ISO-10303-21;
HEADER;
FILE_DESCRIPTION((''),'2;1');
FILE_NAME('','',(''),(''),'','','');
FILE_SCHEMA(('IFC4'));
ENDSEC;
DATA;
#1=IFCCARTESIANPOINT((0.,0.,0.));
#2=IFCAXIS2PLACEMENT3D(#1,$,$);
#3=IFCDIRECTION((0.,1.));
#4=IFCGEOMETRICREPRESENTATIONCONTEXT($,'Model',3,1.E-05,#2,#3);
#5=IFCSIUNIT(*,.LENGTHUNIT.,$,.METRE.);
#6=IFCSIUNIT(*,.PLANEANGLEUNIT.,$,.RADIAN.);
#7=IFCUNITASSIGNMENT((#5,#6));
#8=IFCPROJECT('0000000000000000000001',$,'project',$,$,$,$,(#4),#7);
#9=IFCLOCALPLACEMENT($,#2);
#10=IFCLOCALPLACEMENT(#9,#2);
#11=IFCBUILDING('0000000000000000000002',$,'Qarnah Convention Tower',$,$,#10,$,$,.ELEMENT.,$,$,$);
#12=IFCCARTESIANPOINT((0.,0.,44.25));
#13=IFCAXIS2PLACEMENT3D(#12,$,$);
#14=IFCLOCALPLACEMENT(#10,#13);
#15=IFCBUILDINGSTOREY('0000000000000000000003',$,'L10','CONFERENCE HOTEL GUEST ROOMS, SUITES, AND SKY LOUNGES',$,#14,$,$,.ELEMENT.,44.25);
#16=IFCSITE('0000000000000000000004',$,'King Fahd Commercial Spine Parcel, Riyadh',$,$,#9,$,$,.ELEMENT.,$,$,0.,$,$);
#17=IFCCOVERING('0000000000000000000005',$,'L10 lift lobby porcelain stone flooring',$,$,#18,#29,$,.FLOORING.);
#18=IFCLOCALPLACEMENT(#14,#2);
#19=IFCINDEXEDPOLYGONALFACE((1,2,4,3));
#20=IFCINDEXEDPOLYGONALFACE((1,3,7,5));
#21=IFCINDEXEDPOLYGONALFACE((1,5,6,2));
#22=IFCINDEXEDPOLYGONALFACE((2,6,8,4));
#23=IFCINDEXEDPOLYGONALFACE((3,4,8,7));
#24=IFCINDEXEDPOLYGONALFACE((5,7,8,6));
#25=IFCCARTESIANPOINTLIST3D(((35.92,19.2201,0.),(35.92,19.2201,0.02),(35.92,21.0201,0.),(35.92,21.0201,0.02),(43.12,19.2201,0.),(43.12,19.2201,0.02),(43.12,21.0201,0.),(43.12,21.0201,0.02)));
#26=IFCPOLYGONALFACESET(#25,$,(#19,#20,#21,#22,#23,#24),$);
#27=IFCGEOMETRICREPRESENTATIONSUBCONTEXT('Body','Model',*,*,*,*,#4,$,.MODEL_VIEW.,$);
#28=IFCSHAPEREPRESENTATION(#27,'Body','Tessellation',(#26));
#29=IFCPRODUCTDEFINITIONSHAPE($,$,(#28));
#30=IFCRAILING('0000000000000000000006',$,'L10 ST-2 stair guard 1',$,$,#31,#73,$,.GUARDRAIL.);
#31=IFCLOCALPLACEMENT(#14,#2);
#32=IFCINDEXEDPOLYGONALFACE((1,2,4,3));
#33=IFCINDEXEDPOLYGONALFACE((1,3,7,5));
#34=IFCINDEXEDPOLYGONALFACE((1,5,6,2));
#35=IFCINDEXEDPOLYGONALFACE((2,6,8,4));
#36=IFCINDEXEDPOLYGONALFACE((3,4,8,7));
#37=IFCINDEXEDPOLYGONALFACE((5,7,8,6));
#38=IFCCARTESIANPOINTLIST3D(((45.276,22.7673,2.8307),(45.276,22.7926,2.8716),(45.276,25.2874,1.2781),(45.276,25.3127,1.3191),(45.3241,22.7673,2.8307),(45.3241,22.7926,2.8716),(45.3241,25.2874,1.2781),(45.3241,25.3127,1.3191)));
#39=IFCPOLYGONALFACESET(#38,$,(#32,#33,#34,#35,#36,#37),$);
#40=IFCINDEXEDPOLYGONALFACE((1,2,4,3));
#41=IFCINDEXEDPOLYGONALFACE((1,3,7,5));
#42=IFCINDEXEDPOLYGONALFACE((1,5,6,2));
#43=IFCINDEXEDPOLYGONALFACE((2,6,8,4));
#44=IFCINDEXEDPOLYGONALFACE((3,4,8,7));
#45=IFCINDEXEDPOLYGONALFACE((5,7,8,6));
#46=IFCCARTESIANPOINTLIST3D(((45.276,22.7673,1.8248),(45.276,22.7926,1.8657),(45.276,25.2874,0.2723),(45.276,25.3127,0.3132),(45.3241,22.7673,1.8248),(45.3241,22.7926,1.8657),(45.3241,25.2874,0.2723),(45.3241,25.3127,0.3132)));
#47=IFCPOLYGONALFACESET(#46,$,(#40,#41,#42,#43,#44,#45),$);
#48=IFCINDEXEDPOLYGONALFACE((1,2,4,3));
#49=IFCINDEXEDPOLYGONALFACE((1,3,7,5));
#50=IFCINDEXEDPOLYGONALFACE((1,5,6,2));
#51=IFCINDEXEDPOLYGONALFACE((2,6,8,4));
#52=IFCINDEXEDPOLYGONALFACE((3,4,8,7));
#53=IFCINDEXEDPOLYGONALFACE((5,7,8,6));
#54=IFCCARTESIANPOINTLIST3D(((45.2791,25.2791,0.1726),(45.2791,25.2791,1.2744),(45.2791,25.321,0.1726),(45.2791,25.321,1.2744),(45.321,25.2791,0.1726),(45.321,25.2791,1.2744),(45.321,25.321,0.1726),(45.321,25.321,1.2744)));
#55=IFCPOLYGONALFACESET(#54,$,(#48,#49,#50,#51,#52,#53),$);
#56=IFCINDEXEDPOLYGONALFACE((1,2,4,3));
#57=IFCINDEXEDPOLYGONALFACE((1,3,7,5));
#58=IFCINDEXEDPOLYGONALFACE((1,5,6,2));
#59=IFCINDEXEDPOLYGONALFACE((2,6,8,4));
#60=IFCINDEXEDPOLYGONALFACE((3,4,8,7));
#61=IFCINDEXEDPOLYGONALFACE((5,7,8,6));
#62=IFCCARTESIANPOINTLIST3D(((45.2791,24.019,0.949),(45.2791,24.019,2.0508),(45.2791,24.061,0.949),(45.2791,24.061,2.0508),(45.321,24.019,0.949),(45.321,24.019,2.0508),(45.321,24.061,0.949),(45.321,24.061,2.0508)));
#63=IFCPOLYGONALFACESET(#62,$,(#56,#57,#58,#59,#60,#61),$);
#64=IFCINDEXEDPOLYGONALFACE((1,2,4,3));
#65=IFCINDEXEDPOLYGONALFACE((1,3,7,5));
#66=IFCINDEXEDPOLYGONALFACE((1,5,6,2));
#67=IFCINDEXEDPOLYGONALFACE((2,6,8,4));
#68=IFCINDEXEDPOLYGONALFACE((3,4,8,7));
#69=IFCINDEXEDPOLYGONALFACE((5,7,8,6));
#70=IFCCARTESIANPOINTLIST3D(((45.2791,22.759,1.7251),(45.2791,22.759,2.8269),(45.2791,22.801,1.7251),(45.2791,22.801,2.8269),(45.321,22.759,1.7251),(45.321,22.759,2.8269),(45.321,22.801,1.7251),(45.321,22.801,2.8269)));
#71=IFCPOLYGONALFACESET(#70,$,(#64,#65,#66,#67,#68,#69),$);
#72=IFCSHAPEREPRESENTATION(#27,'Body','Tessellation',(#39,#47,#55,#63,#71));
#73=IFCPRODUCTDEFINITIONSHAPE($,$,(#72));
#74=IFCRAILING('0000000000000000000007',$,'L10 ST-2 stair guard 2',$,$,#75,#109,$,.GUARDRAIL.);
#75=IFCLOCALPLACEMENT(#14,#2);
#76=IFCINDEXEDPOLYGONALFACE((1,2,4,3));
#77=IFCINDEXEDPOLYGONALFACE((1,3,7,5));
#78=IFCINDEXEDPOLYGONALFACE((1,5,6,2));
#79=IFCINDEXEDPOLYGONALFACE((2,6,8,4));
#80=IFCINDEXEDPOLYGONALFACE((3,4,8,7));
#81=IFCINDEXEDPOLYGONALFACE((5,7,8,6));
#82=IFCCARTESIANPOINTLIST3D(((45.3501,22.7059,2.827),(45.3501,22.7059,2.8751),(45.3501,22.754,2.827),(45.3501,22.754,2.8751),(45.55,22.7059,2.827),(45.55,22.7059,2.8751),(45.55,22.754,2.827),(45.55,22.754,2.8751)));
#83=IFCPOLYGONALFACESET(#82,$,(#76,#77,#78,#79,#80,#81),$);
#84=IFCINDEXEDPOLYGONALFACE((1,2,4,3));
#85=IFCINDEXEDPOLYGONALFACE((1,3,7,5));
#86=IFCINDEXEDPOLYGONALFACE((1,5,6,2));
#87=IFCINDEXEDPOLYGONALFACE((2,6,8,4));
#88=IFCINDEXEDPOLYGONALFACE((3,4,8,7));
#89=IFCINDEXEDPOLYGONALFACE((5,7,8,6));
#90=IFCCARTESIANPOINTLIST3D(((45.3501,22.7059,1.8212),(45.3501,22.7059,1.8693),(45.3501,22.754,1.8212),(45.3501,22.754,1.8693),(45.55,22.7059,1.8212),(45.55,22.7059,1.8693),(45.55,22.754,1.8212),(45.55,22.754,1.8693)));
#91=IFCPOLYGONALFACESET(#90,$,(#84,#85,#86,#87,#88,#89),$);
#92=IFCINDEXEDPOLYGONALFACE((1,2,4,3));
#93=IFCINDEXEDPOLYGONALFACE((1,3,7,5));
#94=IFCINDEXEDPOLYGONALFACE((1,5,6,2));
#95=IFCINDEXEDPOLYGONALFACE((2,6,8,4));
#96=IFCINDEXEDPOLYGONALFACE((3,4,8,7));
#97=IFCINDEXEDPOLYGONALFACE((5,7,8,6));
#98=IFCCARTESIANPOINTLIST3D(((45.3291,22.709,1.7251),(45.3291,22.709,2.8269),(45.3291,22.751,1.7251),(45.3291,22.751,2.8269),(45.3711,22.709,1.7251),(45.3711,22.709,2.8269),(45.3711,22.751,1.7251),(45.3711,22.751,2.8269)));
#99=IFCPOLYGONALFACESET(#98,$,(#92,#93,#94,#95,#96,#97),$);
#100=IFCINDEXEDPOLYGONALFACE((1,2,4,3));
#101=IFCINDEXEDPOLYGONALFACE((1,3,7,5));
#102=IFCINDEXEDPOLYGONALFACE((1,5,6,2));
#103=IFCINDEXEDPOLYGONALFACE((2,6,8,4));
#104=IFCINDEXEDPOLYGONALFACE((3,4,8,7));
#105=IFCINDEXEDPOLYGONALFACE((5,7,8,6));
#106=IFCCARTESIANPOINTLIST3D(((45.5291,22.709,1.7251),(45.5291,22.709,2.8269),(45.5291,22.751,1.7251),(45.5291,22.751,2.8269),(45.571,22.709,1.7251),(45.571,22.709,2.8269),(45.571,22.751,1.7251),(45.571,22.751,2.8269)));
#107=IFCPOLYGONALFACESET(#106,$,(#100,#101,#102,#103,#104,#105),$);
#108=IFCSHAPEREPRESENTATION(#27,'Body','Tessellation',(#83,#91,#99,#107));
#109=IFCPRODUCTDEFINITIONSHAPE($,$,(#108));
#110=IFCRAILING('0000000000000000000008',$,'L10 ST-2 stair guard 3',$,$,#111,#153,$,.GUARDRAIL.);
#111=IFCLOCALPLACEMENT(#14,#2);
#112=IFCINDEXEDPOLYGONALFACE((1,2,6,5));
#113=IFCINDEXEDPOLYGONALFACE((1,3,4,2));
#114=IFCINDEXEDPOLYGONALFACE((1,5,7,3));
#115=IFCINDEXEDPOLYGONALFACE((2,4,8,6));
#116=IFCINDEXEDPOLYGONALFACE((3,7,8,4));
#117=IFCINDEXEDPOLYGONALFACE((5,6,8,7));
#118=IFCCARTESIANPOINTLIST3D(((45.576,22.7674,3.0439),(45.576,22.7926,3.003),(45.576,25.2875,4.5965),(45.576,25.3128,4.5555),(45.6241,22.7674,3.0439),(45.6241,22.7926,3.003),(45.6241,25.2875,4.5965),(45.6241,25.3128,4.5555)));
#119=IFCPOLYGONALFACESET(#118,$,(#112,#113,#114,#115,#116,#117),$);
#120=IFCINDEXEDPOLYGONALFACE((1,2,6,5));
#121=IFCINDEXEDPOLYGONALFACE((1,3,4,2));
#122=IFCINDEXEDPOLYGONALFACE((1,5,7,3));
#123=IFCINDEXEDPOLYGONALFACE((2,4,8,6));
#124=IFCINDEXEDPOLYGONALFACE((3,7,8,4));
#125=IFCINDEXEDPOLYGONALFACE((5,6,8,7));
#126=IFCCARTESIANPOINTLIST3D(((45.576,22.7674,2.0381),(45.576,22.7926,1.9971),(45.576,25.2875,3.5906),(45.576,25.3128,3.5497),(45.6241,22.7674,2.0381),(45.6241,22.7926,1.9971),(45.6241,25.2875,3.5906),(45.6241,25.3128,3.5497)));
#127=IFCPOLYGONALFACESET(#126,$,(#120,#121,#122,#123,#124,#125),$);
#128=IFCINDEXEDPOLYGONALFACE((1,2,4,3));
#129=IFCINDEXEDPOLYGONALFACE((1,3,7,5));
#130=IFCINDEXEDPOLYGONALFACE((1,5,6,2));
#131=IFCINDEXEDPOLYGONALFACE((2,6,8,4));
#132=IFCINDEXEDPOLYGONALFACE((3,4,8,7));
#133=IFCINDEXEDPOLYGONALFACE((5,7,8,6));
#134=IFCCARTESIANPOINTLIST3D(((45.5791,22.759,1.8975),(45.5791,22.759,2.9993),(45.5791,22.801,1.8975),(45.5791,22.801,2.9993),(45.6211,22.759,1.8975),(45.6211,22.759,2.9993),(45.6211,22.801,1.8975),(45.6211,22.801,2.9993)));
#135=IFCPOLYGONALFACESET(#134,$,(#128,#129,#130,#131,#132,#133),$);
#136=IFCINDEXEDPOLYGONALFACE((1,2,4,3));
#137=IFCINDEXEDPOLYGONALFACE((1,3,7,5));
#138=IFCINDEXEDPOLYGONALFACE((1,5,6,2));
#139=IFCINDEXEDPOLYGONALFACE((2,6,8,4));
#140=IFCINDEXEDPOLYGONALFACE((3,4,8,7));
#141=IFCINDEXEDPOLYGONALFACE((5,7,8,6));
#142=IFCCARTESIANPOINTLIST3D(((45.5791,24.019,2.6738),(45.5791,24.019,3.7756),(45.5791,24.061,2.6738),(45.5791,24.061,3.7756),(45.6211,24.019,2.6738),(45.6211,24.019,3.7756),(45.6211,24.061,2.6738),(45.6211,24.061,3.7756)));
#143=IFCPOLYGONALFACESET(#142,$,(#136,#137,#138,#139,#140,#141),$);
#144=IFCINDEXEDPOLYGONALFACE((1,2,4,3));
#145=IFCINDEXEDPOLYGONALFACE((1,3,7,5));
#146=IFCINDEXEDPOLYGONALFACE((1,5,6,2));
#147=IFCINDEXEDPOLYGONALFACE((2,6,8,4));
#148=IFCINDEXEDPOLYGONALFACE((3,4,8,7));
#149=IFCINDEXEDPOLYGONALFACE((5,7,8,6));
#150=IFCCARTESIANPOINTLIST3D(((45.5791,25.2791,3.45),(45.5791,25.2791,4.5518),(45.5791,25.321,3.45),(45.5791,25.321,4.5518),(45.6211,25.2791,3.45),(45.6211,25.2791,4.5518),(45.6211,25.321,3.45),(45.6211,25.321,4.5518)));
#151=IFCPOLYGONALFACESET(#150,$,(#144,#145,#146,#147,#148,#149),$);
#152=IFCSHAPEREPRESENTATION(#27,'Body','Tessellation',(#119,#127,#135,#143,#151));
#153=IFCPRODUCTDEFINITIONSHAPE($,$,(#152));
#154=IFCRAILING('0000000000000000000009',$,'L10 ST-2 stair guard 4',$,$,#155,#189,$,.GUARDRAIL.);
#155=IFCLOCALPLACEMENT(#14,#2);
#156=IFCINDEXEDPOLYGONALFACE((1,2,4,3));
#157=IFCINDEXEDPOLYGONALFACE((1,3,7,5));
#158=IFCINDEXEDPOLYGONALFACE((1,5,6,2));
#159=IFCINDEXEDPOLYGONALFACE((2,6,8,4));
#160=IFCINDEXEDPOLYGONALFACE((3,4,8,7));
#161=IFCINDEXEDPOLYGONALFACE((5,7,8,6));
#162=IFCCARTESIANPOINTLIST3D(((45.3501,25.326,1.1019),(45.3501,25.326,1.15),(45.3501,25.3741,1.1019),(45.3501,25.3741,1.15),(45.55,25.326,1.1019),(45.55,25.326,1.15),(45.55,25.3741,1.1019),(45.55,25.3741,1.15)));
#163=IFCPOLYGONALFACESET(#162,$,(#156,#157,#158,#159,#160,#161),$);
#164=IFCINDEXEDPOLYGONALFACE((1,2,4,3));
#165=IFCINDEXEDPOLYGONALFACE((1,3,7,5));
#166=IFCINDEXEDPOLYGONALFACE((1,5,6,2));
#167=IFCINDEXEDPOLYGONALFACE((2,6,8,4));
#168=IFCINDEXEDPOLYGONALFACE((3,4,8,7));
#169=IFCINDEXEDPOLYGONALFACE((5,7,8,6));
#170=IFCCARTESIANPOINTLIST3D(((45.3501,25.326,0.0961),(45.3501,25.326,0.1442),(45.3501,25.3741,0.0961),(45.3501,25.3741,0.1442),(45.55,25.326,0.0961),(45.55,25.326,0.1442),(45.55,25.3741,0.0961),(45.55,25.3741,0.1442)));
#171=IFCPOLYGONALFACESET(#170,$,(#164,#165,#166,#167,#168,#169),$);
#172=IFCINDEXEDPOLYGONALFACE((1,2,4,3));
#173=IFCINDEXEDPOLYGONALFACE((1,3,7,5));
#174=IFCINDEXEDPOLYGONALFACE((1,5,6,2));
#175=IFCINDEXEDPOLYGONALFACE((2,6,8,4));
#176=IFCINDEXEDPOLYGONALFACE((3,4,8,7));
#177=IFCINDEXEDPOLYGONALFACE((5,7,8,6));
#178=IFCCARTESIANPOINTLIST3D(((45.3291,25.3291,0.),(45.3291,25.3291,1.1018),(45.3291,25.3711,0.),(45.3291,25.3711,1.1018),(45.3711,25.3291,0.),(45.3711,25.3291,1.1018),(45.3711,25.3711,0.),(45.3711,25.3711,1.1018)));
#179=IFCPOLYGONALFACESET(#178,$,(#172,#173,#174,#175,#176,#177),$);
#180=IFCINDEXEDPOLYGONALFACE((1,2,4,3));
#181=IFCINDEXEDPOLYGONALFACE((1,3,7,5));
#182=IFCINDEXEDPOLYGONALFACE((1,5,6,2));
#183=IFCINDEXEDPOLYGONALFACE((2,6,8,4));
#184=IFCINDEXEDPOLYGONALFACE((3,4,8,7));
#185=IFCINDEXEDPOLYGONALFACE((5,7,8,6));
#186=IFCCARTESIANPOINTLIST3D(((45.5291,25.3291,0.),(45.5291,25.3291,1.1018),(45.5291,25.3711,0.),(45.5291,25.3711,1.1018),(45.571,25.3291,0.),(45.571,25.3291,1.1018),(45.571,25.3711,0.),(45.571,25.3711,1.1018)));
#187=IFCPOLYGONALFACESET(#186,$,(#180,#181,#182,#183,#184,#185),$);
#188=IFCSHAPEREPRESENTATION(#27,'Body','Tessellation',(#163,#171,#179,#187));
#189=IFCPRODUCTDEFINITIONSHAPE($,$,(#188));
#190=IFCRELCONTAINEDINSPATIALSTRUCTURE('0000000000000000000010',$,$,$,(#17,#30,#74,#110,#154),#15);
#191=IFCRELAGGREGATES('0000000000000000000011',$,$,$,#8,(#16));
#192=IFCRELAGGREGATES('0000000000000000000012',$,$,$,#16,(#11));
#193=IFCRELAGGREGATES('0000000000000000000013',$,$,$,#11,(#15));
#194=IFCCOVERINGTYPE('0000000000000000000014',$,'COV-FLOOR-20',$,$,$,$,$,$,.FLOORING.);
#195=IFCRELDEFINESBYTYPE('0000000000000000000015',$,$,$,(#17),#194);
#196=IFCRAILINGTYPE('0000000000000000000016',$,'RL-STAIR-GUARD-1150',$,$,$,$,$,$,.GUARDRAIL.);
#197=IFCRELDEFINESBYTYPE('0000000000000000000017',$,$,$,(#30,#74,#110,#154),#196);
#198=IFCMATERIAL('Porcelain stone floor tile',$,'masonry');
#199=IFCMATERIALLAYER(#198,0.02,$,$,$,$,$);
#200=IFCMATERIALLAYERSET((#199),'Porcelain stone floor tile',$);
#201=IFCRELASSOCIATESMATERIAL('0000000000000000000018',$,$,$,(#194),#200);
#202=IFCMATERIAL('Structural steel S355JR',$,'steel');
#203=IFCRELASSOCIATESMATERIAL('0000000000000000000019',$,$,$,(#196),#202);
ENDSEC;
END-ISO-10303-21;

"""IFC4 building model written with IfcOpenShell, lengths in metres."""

from ifc_helpers import new_model, si_unit, direction, frame, origin, origin_2d, place, context, subcontext, project, spatial, rectangle, extrude, material, layer, layer_set, type_object, element, save


model = new_model("IFC4")

# Units and contexts
model_context = context("Model", 3, precision=1e-05, world=origin(), true_north=direction((0.0, 1.0)))
body_context = subcontext(model_context, "Body", "Model", "MODEL_VIEW")
ifc_project = project(units=[si_unit("LENGTHUNIT", "METRE"), si_unit("PLANEANGLEUNIT", "RADIAN")], contexts=[model_context])

# Site, building, storey
site_placement = place(None, origin())
site = spatial("IfcSite", under=ifc_project, at=site_placement, Name="King Fahd Commercial Spine Parcel, Riyadh", CompositionType="ELEMENT", RefElevation=0.0)
building_placement = place(site_placement, origin())
building = spatial("IfcBuilding", under=site, at=building_placement, Name="Qarnah Convention Tower", CompositionType="ELEMENT")
storey_placement = place(building_placement, frame((0.0, 0.0, 44.25)))
storey = spatial("IfcBuildingStorey", under=building, at=storey_placement, Name="L10", Description="CONFERENCE HOTEL GUEST ROOMS, SUITES, AND SKY LOUNGES", CompositionType="ELEMENT", Elevation=44.25)

# Shared definitions
ifc_material_1 = material(Name="Structural steel S355JR", Category="steel")

# Covering
ifc_material_2 = material(Name="Porcelain stone floor tile", Category="masonry")
ifc_layer_1 = layer(ifc_material_2, 0.02)
ifc_layer_set_1 = layer_set([ifc_layer_1], Name="Porcelain stone floor tile")
covering_type = type_object("IfcCoveringType", Name="COV-FLOOR-20", PredefinedType="FLOORING", material=ifc_layer_set_1)
covering_placement = place(storey_placement, frame((39.52, 20.1201, 0.0), z_axis=(0.0, 0.0, 1.0), x_axis=(1.0, 0.0, 0.0)))
element("IfcCovering", 1, at=covering_placement, inside=storey, type_object=covering_type, Name="L10 lift lobby porcelain stone flooring", PredefinedType="FLOORING", context=body_context, shape_type="SweptSolid", body=[
    extrude(rectangle(XDim=7.2, YDim=1.8, at=origin_2d()), origin(), (0.0, 0.0, 1.0), 0.02),
])

# Railings
railing_type_1 = type_object("IfcRailingType", Name="RL-STAIR-GUARD-1150", PredefinedType="GUARDRAIL", material=ifc_material_1)
railing_1_placement = place(storey_placement, frame((45.3, 25.3, 0.1726)))
element("IfcRailing", 2, at=railing_1_placement, inside=storey, type_object=railing_type_1, Name="L10 ST-2 stair guard 1", PredefinedType="GUARDRAIL", context=body_context, shape_type="SweptSolid", body=[
    extrude(rectangle(XDim=0.0481, YDim=0.0481, at=origin_2d()), frame((0.0, 0.0, 1.126), z_axis=(0.0, -0.8514, 0.524516), x_axis=(1.0, 0.0, 0.0)), (0.0, 0.0, 1.0), 2.96),
    extrude(rectangle(XDim=0.0481, YDim=0.0481, at=origin_2d()), frame((0.0, 0.0, 0.1201), z_axis=(0.0, -0.8514, 0.524516), x_axis=(1.0, 0.0, 0.0)), (0.0, 0.0, 1.0), 2.96),
    extrude(rectangle(XDim=0.042, YDim=0.042, at=origin_2d()), origin(), (0.0, 0.0, 1.0), 1.1018),
    extrude(rectangle(XDim=0.042, YDim=0.042, at=origin_2d()), frame((0.0, -1.26, 0.7764)), (0.0, 0.0, 1.0), 1.1018),
    extrude(rectangle(XDim=0.042, YDim=0.042, at=origin_2d()), frame((0.0, -2.52, 1.5525)), (0.0, 0.0, 1.0), 1.1018),
])
railing_2_placement = place(storey_placement, frame((45.3501, 22.73, 1.7251)))
element("IfcRailing", 3, at=railing_2_placement, inside=storey, type_object=railing_type_1, Name="L10 ST-2 stair guard 2", PredefinedType="GUARDRAIL", context=body_context, shape_type="SweptSolid", body=[
    extrude(rectangle(XDim=0.0481, YDim=0.0481, at=origin_2d()), frame((0.0, 0.0, 1.126), z_axis=(1.0, 0.0, 0.0), x_axis=(0.0, 1.0, 0.0)), (0.0, 0.0, 1.0), 0.2),
    extrude(rectangle(XDim=0.0481, YDim=0.0481, at=origin_2d()), frame((0.0, 0.0, 0.1201), z_axis=(1.0, 0.0, 0.0), x_axis=(0.0, 1.0, 0.0)), (0.0, 0.0, 1.0), 0.2),
    extrude(rectangle(XDim=0.042, YDim=0.042, at=origin_2d()), origin(), (0.0, 0.0, 1.0), 1.1018),
    extrude(rectangle(XDim=0.042, YDim=0.042, at=origin_2d()), frame((0.2, 0.0, 0.0)), (0.0, 0.0, 1.0), 1.1018),
])
railing_3_placement = place(storey_placement, frame((45.6001, 22.78, 1.8975)))
element("IfcRailing", 4, at=railing_3_placement, inside=storey, type_object=railing_type_1, Name="L10 ST-2 stair guard 3", PredefinedType="GUARDRAIL", context=body_context, shape_type="SweptSolid", body=[
    extrude(rectangle(XDim=0.0481, YDim=0.0481, at=origin_2d()), frame((0.0, 0.0, 1.126), z_axis=(0.0, 0.8514, 0.524516), x_axis=(-1.0, 0.0, 0.0)), (0.0, 0.0, 1.0), 2.96),
    extrude(rectangle(XDim=0.0481, YDim=0.0481, at=origin_2d()), frame((0.0, 0.0, 0.1201), z_axis=(0.0, 0.8514, 0.524516), x_axis=(-1.0, 0.0, 0.0)), (0.0, 0.0, 1.0), 2.96),
    extrude(rectangle(XDim=0.042, YDim=0.042, at=origin_2d()), origin(), (0.0, 0.0, 1.0), 1.1018),
    extrude(rectangle(XDim=0.042, YDim=0.042, at=origin_2d()), frame((0.0, 1.26, 0.7764)), (0.0, 0.0, 1.0), 1.1018),
    extrude(rectangle(XDim=0.042, YDim=0.042, at=origin_2d()), frame((0.0, 2.52, 1.5525)), (0.0, 0.0, 1.0), 1.1018),
])
railing_4_placement = place(storey_placement, frame((45.3501, 25.3501, 0.0)))
element("IfcRailing", 5, at=railing_4_placement, inside=storey, type_object=railing_type_1, Name="L10 ST-2 stair guard 4", PredefinedType="GUARDRAIL", context=body_context, shape_type="SweptSolid", body=[
    extrude(rectangle(XDim=0.0481, YDim=0.0481, at=origin_2d()), frame((0.0, 0.0, 1.126), z_axis=(1.0, 0.0, 0.0), x_axis=(0.0, 1.0, 0.0)), (0.0, 0.0, 1.0), 0.2),
    extrude(rectangle(XDim=0.0481, YDim=0.0481, at=origin_2d()), frame((0.0, 0.0, 0.1201), z_axis=(1.0, 0.0, 0.0), x_axis=(0.0, 1.0, 0.0)), (0.0, 0.0, 1.0), 0.2),
    extrude(rectangle(XDim=0.042, YDim=0.042, at=origin_2d()), origin(), (0.0, 0.0, 1.0), 1.1018),
    extrude(rectangle(XDim=0.042, YDim=0.042, at=origin_2d()), frame((0.2, 0.0, 0.0)), (0.0, 0.0, 1.0), 1.1018),
])

save(model, "model.ifc")
